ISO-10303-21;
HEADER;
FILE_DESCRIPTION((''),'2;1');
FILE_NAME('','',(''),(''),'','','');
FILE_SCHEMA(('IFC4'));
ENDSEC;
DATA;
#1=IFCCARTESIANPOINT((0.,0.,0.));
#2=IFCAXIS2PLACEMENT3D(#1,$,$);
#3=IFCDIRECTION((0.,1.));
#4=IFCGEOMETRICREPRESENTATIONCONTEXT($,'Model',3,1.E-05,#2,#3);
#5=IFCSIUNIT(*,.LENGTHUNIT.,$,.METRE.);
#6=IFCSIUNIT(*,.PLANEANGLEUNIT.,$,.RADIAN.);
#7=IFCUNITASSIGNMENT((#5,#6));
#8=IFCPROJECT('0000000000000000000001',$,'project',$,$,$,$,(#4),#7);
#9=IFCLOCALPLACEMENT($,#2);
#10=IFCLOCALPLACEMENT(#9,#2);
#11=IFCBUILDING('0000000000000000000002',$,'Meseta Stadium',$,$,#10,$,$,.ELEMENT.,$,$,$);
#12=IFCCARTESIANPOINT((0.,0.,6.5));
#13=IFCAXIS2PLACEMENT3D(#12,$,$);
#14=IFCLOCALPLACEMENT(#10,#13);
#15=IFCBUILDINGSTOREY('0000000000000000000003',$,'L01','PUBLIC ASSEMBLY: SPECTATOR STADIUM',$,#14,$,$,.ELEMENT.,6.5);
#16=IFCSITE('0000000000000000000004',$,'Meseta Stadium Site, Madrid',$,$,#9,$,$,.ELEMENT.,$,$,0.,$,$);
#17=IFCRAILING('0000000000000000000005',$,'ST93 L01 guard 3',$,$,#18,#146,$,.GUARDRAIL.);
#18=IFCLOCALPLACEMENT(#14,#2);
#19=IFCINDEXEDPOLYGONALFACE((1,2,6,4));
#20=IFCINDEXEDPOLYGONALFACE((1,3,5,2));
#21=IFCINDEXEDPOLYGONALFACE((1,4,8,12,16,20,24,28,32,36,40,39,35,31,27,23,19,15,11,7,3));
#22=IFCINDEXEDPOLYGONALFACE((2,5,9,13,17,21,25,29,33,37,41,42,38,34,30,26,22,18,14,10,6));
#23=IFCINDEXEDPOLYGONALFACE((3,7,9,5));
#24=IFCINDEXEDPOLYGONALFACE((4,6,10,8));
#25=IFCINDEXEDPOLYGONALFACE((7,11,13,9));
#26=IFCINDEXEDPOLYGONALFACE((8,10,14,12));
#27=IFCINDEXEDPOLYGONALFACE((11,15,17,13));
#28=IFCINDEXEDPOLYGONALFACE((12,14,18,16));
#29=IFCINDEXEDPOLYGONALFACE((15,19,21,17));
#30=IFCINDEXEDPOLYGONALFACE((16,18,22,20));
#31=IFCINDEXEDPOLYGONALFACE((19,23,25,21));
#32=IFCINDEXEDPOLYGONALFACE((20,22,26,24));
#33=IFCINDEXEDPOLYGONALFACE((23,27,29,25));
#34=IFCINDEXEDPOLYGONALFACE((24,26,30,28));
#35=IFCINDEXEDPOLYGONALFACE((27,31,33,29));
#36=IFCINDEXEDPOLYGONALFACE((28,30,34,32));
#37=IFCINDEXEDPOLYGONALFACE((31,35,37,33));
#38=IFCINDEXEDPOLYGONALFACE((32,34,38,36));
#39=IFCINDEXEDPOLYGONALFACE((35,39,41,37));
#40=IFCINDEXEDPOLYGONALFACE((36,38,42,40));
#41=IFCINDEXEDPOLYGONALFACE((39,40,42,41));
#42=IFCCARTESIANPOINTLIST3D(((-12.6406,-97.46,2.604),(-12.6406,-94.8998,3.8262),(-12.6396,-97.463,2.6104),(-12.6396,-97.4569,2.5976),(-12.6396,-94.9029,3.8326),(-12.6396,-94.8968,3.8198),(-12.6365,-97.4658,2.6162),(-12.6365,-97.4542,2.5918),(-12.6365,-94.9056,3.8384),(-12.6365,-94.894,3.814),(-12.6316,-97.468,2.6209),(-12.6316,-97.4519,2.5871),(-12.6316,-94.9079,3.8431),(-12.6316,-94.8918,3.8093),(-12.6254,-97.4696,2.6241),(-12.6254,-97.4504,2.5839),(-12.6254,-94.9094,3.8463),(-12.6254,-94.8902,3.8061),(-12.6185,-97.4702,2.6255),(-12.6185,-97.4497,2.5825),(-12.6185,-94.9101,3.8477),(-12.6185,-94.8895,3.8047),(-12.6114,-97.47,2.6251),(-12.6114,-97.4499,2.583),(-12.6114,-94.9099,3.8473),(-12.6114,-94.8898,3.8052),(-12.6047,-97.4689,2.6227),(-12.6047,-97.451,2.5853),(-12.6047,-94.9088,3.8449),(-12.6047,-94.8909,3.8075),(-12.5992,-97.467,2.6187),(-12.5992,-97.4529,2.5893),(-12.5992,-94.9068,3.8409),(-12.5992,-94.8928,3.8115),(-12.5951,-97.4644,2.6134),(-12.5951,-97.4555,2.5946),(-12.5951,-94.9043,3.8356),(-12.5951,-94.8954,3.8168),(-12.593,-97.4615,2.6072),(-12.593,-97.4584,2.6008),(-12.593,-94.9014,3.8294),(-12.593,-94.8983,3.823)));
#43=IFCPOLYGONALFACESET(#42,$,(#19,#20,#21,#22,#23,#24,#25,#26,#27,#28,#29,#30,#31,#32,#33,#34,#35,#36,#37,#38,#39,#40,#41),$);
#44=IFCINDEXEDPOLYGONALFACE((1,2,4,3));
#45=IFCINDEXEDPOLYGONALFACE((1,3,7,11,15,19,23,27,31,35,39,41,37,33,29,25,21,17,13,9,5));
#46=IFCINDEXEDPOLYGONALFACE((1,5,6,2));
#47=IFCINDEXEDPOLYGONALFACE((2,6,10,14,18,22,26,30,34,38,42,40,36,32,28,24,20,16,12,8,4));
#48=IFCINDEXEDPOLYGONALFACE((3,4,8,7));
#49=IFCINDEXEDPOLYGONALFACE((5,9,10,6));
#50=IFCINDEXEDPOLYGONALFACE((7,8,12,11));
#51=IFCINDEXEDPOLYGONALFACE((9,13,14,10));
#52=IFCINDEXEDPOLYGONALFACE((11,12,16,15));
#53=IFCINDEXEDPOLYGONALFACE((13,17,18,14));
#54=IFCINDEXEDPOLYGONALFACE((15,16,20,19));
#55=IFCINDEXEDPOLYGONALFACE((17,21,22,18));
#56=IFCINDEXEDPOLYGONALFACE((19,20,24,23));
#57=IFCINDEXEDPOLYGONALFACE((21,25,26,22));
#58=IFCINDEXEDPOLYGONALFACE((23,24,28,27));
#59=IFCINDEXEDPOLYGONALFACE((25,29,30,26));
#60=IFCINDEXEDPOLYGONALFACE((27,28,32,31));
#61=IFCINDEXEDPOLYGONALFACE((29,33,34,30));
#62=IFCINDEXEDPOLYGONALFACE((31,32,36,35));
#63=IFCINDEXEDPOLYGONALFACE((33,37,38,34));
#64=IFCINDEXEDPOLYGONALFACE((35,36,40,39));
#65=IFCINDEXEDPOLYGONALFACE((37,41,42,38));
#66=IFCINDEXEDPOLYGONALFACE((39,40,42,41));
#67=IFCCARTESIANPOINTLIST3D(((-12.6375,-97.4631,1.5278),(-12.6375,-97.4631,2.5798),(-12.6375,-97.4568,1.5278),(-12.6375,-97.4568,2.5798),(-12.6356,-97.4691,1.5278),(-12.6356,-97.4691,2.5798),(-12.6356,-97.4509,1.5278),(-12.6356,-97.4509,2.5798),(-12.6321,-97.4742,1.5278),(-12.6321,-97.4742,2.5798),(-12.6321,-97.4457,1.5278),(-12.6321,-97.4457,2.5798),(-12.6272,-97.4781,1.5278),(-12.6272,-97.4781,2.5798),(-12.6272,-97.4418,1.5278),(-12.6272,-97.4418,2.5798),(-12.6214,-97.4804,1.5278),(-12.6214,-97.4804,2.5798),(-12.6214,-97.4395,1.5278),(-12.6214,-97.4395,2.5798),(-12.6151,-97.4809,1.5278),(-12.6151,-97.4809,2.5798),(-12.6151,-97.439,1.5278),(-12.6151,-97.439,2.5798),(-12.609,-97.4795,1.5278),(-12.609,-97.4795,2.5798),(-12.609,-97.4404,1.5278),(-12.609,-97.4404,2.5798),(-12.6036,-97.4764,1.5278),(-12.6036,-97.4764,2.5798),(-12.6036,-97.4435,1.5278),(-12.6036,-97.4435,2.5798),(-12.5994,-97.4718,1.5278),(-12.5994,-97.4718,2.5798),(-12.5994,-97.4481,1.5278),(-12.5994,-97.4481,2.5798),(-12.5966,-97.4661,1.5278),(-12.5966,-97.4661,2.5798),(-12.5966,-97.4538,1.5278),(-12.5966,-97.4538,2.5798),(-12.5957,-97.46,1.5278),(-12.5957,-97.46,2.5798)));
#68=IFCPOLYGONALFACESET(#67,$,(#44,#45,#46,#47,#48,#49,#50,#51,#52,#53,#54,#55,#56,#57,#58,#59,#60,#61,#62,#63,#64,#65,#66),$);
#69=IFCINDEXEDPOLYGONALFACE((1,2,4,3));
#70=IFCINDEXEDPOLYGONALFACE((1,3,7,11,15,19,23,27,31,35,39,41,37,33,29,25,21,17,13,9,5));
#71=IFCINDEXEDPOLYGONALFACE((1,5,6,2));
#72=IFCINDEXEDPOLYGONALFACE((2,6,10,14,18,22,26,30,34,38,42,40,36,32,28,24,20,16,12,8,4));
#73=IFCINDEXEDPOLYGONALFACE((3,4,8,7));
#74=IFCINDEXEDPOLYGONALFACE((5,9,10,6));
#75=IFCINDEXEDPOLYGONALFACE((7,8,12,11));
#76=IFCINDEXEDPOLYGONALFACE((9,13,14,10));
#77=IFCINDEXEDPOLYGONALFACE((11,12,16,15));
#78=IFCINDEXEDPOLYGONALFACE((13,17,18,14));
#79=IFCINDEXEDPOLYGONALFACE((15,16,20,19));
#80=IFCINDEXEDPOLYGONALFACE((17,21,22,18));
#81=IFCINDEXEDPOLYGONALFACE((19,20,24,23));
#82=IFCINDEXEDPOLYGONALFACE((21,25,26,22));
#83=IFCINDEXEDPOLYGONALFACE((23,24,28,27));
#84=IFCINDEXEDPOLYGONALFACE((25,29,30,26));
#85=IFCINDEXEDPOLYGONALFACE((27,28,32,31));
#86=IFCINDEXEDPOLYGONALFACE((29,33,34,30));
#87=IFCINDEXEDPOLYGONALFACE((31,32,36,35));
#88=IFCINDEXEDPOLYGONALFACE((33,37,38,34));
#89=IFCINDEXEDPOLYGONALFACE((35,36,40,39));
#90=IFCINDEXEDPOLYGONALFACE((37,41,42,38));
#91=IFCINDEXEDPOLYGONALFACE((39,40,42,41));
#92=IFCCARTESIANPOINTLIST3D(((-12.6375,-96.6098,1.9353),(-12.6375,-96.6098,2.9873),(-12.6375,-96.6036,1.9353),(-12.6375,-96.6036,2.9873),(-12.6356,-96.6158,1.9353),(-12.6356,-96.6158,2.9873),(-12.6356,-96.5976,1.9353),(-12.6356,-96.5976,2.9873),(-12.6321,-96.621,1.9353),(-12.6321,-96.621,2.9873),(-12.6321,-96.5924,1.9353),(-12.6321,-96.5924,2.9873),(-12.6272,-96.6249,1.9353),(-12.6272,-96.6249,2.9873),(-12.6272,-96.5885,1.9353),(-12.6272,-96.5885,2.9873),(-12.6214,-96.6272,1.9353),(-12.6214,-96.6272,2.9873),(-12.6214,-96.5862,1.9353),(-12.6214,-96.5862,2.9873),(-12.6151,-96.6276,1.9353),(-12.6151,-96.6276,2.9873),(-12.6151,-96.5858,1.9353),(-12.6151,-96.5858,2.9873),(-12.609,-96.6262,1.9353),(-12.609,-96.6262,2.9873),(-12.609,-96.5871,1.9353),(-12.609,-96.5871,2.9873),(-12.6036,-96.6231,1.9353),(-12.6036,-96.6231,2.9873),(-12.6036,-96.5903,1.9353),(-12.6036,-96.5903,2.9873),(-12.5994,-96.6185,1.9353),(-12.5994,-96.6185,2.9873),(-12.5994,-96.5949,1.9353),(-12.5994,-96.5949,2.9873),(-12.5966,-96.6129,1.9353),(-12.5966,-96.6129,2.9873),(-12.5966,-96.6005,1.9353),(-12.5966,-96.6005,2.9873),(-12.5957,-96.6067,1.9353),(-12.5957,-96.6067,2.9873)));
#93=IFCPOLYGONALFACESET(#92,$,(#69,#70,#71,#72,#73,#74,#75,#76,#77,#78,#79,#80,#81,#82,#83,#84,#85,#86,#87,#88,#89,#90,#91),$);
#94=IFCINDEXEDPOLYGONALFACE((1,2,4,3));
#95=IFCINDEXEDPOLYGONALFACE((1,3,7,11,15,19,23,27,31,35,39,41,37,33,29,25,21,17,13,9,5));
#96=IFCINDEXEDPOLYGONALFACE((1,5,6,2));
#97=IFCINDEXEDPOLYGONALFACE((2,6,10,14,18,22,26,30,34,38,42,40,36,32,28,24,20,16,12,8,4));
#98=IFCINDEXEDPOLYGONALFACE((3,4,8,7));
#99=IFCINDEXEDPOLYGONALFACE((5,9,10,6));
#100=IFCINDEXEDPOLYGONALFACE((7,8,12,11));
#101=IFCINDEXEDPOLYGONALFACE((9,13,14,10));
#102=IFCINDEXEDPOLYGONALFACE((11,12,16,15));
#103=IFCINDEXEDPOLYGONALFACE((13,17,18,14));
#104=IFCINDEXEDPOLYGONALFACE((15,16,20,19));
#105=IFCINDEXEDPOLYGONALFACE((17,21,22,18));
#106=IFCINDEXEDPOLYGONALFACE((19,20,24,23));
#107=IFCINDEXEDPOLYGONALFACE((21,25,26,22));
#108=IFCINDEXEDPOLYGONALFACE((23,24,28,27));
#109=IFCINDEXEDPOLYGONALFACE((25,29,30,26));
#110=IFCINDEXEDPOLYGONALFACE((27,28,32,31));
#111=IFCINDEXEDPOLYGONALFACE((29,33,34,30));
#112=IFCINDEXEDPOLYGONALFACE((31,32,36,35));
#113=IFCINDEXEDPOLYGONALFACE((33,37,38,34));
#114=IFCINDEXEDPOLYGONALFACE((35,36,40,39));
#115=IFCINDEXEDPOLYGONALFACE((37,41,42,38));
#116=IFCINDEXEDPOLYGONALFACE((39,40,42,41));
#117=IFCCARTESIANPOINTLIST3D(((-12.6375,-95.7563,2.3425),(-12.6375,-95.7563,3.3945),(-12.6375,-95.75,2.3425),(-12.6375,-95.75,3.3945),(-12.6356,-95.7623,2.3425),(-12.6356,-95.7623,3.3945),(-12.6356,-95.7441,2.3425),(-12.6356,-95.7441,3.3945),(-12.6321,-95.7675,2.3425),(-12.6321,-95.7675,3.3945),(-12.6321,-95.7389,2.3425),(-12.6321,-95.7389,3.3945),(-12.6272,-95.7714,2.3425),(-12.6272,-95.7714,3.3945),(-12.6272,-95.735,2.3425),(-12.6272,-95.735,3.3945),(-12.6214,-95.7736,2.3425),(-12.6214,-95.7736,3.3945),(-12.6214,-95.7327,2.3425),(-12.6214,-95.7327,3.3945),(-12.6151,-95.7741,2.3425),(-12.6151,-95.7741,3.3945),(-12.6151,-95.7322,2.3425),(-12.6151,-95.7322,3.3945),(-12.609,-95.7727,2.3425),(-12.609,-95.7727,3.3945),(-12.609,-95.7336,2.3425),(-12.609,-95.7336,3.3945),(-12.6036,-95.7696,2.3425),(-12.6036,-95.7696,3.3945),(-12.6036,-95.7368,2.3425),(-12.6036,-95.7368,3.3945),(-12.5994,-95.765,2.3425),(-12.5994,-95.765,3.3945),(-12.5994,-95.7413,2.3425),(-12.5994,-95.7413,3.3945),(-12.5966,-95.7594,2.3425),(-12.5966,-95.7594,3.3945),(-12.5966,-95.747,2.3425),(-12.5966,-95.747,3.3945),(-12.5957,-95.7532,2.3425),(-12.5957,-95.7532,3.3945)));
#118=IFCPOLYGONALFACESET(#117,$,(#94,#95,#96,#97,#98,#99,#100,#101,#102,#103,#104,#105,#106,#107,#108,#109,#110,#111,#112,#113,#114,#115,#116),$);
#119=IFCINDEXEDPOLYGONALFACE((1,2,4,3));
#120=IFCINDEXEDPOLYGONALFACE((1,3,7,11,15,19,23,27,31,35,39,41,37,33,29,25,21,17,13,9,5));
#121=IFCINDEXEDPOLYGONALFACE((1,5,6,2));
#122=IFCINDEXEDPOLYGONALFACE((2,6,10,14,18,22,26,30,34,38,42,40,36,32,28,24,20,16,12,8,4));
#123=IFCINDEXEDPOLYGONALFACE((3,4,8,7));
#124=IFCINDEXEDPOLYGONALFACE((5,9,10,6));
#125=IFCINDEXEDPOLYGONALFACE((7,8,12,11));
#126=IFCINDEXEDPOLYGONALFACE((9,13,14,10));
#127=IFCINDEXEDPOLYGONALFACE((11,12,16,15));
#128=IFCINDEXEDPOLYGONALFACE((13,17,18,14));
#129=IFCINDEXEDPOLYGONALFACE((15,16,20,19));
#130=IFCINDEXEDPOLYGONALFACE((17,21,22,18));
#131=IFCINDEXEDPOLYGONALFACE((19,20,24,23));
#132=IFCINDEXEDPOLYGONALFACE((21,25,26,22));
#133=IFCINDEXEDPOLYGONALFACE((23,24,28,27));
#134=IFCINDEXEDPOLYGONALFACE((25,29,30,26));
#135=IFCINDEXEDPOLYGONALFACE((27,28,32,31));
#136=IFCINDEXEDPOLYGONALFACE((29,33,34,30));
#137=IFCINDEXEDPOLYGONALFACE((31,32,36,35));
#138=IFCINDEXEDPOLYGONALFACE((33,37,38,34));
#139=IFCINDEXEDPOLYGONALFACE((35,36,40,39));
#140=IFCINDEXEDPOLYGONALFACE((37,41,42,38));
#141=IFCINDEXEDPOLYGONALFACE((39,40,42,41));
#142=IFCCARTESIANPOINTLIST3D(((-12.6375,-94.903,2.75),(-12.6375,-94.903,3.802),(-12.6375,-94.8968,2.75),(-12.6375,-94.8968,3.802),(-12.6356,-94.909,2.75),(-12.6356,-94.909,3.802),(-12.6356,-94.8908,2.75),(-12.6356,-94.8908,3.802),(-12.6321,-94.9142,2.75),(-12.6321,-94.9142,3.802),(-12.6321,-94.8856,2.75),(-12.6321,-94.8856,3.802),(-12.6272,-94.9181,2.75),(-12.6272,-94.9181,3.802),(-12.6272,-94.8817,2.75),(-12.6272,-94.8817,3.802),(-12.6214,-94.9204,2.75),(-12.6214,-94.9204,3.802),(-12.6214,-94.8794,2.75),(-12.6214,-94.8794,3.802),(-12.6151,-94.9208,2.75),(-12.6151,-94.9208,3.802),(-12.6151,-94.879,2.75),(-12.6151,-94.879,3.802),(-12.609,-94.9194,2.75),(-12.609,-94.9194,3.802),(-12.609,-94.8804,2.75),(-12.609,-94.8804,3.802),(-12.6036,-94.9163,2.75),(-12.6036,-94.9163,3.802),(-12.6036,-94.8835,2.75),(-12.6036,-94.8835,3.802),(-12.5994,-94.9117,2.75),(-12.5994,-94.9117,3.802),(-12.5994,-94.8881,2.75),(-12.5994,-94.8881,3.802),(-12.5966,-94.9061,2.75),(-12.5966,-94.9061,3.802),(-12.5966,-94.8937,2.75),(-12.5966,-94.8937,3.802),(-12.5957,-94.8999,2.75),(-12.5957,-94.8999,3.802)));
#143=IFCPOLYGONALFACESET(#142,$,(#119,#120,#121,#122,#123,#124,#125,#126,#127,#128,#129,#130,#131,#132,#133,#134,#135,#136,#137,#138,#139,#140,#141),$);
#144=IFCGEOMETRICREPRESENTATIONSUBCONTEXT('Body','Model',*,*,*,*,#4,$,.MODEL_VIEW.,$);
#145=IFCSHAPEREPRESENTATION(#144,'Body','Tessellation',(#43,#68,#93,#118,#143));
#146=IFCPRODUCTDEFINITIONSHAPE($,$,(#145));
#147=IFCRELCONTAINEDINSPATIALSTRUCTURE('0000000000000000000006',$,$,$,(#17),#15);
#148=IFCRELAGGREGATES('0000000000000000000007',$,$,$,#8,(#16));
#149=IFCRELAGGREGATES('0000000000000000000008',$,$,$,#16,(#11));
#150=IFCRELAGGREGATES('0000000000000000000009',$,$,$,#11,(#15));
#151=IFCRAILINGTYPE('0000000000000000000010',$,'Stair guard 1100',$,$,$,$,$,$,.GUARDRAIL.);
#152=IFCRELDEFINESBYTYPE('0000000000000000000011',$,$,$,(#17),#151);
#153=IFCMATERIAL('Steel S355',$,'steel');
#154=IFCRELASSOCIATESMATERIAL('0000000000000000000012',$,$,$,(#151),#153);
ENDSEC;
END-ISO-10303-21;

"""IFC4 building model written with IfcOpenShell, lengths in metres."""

from ifc_helpers import new_model, si_unit, direction, frame, origin, origin_2d, place, context, subcontext, project, spatial, circle, extrude, material, type_object, element, save


model = new_model("IFC4")

# Units and contexts
model_context = context("Model", 3, precision=1e-05, world=origin(), true_north=direction((0.0, 1.0)))
body_context = subcontext(model_context, "Body", "Model", "MODEL_VIEW")
ifc_project = project(units=[si_unit("LENGTHUNIT", "METRE"), si_unit("PLANEANGLEUNIT", "RADIAN")], contexts=[model_context])

# Site, building, storey
site_placement = place(None, origin())
site = spatial("IfcSite", under=ifc_project, at=site_placement, Name="Meseta Stadium Site, Madrid", CompositionType="ELEMENT", RefElevation=0.0)
building_placement = place(site_placement, origin())
building = spatial("IfcBuilding", under=site, at=building_placement, Name="Meseta Stadium", CompositionType="ELEMENT")
storey_placement = place(building_placement, frame((0.0, 0.0, 6.5)))
storey = spatial("IfcBuildingStorey", under=building, at=storey_placement, Name="L01", Description="PUBLIC ASSEMBLY: SPECTATOR STADIUM", CompositionType="ELEMENT", Elevation=6.5)

# Railing
ifc_material_1 = material(Name="Steel S355", Category="steel")
railing_type_1 = type_object("IfcRailingType", Name="Stair guard 1100", PredefinedType="GUARDRAIL", material=ifc_material_1)
railing_1_placement = place(storey_placement, frame((-12.6167, -97.46, 1.5278)))
element("IfcRailing", 1, at=railing_1_placement, inside=storey, type_object=railing_type_1, Name="ST93 L01 guard 3", PredefinedType="GUARDRAIL", context=body_context, shape_type="SweptSolid", body=[
    extrude(circle(Radius=0.0239, at=origin_2d()), frame((0.0, 0.0, 1.0762), z_axis=(0.0, 0.902437, 0.430822), x_axis=(-1.0, 0.0, 0.0)), (0.0, 0.0, 1.0), 2.8369),
    extrude(circle(Radius=0.021, at=origin_2d()), origin(), (0.0, 0.0, 1.0), 1.052),
    extrude(circle(Radius=0.021, at=origin_2d()), frame((0.0, 0.8533, 0.4075)), (0.0, 0.0, 1.0), 1.052),
    extrude(circle(Radius=0.021, at=origin_2d()), frame((0.0, 1.7068, 0.8147)), (0.0, 0.0, 1.0), 1.052),
    extrude(circle(Radius=0.021, at=origin_2d()), frame((0.0, 2.5601, 1.2222)), (0.0, 0.0, 1.0), 1.052),
])

save(model, "model.ifc")
